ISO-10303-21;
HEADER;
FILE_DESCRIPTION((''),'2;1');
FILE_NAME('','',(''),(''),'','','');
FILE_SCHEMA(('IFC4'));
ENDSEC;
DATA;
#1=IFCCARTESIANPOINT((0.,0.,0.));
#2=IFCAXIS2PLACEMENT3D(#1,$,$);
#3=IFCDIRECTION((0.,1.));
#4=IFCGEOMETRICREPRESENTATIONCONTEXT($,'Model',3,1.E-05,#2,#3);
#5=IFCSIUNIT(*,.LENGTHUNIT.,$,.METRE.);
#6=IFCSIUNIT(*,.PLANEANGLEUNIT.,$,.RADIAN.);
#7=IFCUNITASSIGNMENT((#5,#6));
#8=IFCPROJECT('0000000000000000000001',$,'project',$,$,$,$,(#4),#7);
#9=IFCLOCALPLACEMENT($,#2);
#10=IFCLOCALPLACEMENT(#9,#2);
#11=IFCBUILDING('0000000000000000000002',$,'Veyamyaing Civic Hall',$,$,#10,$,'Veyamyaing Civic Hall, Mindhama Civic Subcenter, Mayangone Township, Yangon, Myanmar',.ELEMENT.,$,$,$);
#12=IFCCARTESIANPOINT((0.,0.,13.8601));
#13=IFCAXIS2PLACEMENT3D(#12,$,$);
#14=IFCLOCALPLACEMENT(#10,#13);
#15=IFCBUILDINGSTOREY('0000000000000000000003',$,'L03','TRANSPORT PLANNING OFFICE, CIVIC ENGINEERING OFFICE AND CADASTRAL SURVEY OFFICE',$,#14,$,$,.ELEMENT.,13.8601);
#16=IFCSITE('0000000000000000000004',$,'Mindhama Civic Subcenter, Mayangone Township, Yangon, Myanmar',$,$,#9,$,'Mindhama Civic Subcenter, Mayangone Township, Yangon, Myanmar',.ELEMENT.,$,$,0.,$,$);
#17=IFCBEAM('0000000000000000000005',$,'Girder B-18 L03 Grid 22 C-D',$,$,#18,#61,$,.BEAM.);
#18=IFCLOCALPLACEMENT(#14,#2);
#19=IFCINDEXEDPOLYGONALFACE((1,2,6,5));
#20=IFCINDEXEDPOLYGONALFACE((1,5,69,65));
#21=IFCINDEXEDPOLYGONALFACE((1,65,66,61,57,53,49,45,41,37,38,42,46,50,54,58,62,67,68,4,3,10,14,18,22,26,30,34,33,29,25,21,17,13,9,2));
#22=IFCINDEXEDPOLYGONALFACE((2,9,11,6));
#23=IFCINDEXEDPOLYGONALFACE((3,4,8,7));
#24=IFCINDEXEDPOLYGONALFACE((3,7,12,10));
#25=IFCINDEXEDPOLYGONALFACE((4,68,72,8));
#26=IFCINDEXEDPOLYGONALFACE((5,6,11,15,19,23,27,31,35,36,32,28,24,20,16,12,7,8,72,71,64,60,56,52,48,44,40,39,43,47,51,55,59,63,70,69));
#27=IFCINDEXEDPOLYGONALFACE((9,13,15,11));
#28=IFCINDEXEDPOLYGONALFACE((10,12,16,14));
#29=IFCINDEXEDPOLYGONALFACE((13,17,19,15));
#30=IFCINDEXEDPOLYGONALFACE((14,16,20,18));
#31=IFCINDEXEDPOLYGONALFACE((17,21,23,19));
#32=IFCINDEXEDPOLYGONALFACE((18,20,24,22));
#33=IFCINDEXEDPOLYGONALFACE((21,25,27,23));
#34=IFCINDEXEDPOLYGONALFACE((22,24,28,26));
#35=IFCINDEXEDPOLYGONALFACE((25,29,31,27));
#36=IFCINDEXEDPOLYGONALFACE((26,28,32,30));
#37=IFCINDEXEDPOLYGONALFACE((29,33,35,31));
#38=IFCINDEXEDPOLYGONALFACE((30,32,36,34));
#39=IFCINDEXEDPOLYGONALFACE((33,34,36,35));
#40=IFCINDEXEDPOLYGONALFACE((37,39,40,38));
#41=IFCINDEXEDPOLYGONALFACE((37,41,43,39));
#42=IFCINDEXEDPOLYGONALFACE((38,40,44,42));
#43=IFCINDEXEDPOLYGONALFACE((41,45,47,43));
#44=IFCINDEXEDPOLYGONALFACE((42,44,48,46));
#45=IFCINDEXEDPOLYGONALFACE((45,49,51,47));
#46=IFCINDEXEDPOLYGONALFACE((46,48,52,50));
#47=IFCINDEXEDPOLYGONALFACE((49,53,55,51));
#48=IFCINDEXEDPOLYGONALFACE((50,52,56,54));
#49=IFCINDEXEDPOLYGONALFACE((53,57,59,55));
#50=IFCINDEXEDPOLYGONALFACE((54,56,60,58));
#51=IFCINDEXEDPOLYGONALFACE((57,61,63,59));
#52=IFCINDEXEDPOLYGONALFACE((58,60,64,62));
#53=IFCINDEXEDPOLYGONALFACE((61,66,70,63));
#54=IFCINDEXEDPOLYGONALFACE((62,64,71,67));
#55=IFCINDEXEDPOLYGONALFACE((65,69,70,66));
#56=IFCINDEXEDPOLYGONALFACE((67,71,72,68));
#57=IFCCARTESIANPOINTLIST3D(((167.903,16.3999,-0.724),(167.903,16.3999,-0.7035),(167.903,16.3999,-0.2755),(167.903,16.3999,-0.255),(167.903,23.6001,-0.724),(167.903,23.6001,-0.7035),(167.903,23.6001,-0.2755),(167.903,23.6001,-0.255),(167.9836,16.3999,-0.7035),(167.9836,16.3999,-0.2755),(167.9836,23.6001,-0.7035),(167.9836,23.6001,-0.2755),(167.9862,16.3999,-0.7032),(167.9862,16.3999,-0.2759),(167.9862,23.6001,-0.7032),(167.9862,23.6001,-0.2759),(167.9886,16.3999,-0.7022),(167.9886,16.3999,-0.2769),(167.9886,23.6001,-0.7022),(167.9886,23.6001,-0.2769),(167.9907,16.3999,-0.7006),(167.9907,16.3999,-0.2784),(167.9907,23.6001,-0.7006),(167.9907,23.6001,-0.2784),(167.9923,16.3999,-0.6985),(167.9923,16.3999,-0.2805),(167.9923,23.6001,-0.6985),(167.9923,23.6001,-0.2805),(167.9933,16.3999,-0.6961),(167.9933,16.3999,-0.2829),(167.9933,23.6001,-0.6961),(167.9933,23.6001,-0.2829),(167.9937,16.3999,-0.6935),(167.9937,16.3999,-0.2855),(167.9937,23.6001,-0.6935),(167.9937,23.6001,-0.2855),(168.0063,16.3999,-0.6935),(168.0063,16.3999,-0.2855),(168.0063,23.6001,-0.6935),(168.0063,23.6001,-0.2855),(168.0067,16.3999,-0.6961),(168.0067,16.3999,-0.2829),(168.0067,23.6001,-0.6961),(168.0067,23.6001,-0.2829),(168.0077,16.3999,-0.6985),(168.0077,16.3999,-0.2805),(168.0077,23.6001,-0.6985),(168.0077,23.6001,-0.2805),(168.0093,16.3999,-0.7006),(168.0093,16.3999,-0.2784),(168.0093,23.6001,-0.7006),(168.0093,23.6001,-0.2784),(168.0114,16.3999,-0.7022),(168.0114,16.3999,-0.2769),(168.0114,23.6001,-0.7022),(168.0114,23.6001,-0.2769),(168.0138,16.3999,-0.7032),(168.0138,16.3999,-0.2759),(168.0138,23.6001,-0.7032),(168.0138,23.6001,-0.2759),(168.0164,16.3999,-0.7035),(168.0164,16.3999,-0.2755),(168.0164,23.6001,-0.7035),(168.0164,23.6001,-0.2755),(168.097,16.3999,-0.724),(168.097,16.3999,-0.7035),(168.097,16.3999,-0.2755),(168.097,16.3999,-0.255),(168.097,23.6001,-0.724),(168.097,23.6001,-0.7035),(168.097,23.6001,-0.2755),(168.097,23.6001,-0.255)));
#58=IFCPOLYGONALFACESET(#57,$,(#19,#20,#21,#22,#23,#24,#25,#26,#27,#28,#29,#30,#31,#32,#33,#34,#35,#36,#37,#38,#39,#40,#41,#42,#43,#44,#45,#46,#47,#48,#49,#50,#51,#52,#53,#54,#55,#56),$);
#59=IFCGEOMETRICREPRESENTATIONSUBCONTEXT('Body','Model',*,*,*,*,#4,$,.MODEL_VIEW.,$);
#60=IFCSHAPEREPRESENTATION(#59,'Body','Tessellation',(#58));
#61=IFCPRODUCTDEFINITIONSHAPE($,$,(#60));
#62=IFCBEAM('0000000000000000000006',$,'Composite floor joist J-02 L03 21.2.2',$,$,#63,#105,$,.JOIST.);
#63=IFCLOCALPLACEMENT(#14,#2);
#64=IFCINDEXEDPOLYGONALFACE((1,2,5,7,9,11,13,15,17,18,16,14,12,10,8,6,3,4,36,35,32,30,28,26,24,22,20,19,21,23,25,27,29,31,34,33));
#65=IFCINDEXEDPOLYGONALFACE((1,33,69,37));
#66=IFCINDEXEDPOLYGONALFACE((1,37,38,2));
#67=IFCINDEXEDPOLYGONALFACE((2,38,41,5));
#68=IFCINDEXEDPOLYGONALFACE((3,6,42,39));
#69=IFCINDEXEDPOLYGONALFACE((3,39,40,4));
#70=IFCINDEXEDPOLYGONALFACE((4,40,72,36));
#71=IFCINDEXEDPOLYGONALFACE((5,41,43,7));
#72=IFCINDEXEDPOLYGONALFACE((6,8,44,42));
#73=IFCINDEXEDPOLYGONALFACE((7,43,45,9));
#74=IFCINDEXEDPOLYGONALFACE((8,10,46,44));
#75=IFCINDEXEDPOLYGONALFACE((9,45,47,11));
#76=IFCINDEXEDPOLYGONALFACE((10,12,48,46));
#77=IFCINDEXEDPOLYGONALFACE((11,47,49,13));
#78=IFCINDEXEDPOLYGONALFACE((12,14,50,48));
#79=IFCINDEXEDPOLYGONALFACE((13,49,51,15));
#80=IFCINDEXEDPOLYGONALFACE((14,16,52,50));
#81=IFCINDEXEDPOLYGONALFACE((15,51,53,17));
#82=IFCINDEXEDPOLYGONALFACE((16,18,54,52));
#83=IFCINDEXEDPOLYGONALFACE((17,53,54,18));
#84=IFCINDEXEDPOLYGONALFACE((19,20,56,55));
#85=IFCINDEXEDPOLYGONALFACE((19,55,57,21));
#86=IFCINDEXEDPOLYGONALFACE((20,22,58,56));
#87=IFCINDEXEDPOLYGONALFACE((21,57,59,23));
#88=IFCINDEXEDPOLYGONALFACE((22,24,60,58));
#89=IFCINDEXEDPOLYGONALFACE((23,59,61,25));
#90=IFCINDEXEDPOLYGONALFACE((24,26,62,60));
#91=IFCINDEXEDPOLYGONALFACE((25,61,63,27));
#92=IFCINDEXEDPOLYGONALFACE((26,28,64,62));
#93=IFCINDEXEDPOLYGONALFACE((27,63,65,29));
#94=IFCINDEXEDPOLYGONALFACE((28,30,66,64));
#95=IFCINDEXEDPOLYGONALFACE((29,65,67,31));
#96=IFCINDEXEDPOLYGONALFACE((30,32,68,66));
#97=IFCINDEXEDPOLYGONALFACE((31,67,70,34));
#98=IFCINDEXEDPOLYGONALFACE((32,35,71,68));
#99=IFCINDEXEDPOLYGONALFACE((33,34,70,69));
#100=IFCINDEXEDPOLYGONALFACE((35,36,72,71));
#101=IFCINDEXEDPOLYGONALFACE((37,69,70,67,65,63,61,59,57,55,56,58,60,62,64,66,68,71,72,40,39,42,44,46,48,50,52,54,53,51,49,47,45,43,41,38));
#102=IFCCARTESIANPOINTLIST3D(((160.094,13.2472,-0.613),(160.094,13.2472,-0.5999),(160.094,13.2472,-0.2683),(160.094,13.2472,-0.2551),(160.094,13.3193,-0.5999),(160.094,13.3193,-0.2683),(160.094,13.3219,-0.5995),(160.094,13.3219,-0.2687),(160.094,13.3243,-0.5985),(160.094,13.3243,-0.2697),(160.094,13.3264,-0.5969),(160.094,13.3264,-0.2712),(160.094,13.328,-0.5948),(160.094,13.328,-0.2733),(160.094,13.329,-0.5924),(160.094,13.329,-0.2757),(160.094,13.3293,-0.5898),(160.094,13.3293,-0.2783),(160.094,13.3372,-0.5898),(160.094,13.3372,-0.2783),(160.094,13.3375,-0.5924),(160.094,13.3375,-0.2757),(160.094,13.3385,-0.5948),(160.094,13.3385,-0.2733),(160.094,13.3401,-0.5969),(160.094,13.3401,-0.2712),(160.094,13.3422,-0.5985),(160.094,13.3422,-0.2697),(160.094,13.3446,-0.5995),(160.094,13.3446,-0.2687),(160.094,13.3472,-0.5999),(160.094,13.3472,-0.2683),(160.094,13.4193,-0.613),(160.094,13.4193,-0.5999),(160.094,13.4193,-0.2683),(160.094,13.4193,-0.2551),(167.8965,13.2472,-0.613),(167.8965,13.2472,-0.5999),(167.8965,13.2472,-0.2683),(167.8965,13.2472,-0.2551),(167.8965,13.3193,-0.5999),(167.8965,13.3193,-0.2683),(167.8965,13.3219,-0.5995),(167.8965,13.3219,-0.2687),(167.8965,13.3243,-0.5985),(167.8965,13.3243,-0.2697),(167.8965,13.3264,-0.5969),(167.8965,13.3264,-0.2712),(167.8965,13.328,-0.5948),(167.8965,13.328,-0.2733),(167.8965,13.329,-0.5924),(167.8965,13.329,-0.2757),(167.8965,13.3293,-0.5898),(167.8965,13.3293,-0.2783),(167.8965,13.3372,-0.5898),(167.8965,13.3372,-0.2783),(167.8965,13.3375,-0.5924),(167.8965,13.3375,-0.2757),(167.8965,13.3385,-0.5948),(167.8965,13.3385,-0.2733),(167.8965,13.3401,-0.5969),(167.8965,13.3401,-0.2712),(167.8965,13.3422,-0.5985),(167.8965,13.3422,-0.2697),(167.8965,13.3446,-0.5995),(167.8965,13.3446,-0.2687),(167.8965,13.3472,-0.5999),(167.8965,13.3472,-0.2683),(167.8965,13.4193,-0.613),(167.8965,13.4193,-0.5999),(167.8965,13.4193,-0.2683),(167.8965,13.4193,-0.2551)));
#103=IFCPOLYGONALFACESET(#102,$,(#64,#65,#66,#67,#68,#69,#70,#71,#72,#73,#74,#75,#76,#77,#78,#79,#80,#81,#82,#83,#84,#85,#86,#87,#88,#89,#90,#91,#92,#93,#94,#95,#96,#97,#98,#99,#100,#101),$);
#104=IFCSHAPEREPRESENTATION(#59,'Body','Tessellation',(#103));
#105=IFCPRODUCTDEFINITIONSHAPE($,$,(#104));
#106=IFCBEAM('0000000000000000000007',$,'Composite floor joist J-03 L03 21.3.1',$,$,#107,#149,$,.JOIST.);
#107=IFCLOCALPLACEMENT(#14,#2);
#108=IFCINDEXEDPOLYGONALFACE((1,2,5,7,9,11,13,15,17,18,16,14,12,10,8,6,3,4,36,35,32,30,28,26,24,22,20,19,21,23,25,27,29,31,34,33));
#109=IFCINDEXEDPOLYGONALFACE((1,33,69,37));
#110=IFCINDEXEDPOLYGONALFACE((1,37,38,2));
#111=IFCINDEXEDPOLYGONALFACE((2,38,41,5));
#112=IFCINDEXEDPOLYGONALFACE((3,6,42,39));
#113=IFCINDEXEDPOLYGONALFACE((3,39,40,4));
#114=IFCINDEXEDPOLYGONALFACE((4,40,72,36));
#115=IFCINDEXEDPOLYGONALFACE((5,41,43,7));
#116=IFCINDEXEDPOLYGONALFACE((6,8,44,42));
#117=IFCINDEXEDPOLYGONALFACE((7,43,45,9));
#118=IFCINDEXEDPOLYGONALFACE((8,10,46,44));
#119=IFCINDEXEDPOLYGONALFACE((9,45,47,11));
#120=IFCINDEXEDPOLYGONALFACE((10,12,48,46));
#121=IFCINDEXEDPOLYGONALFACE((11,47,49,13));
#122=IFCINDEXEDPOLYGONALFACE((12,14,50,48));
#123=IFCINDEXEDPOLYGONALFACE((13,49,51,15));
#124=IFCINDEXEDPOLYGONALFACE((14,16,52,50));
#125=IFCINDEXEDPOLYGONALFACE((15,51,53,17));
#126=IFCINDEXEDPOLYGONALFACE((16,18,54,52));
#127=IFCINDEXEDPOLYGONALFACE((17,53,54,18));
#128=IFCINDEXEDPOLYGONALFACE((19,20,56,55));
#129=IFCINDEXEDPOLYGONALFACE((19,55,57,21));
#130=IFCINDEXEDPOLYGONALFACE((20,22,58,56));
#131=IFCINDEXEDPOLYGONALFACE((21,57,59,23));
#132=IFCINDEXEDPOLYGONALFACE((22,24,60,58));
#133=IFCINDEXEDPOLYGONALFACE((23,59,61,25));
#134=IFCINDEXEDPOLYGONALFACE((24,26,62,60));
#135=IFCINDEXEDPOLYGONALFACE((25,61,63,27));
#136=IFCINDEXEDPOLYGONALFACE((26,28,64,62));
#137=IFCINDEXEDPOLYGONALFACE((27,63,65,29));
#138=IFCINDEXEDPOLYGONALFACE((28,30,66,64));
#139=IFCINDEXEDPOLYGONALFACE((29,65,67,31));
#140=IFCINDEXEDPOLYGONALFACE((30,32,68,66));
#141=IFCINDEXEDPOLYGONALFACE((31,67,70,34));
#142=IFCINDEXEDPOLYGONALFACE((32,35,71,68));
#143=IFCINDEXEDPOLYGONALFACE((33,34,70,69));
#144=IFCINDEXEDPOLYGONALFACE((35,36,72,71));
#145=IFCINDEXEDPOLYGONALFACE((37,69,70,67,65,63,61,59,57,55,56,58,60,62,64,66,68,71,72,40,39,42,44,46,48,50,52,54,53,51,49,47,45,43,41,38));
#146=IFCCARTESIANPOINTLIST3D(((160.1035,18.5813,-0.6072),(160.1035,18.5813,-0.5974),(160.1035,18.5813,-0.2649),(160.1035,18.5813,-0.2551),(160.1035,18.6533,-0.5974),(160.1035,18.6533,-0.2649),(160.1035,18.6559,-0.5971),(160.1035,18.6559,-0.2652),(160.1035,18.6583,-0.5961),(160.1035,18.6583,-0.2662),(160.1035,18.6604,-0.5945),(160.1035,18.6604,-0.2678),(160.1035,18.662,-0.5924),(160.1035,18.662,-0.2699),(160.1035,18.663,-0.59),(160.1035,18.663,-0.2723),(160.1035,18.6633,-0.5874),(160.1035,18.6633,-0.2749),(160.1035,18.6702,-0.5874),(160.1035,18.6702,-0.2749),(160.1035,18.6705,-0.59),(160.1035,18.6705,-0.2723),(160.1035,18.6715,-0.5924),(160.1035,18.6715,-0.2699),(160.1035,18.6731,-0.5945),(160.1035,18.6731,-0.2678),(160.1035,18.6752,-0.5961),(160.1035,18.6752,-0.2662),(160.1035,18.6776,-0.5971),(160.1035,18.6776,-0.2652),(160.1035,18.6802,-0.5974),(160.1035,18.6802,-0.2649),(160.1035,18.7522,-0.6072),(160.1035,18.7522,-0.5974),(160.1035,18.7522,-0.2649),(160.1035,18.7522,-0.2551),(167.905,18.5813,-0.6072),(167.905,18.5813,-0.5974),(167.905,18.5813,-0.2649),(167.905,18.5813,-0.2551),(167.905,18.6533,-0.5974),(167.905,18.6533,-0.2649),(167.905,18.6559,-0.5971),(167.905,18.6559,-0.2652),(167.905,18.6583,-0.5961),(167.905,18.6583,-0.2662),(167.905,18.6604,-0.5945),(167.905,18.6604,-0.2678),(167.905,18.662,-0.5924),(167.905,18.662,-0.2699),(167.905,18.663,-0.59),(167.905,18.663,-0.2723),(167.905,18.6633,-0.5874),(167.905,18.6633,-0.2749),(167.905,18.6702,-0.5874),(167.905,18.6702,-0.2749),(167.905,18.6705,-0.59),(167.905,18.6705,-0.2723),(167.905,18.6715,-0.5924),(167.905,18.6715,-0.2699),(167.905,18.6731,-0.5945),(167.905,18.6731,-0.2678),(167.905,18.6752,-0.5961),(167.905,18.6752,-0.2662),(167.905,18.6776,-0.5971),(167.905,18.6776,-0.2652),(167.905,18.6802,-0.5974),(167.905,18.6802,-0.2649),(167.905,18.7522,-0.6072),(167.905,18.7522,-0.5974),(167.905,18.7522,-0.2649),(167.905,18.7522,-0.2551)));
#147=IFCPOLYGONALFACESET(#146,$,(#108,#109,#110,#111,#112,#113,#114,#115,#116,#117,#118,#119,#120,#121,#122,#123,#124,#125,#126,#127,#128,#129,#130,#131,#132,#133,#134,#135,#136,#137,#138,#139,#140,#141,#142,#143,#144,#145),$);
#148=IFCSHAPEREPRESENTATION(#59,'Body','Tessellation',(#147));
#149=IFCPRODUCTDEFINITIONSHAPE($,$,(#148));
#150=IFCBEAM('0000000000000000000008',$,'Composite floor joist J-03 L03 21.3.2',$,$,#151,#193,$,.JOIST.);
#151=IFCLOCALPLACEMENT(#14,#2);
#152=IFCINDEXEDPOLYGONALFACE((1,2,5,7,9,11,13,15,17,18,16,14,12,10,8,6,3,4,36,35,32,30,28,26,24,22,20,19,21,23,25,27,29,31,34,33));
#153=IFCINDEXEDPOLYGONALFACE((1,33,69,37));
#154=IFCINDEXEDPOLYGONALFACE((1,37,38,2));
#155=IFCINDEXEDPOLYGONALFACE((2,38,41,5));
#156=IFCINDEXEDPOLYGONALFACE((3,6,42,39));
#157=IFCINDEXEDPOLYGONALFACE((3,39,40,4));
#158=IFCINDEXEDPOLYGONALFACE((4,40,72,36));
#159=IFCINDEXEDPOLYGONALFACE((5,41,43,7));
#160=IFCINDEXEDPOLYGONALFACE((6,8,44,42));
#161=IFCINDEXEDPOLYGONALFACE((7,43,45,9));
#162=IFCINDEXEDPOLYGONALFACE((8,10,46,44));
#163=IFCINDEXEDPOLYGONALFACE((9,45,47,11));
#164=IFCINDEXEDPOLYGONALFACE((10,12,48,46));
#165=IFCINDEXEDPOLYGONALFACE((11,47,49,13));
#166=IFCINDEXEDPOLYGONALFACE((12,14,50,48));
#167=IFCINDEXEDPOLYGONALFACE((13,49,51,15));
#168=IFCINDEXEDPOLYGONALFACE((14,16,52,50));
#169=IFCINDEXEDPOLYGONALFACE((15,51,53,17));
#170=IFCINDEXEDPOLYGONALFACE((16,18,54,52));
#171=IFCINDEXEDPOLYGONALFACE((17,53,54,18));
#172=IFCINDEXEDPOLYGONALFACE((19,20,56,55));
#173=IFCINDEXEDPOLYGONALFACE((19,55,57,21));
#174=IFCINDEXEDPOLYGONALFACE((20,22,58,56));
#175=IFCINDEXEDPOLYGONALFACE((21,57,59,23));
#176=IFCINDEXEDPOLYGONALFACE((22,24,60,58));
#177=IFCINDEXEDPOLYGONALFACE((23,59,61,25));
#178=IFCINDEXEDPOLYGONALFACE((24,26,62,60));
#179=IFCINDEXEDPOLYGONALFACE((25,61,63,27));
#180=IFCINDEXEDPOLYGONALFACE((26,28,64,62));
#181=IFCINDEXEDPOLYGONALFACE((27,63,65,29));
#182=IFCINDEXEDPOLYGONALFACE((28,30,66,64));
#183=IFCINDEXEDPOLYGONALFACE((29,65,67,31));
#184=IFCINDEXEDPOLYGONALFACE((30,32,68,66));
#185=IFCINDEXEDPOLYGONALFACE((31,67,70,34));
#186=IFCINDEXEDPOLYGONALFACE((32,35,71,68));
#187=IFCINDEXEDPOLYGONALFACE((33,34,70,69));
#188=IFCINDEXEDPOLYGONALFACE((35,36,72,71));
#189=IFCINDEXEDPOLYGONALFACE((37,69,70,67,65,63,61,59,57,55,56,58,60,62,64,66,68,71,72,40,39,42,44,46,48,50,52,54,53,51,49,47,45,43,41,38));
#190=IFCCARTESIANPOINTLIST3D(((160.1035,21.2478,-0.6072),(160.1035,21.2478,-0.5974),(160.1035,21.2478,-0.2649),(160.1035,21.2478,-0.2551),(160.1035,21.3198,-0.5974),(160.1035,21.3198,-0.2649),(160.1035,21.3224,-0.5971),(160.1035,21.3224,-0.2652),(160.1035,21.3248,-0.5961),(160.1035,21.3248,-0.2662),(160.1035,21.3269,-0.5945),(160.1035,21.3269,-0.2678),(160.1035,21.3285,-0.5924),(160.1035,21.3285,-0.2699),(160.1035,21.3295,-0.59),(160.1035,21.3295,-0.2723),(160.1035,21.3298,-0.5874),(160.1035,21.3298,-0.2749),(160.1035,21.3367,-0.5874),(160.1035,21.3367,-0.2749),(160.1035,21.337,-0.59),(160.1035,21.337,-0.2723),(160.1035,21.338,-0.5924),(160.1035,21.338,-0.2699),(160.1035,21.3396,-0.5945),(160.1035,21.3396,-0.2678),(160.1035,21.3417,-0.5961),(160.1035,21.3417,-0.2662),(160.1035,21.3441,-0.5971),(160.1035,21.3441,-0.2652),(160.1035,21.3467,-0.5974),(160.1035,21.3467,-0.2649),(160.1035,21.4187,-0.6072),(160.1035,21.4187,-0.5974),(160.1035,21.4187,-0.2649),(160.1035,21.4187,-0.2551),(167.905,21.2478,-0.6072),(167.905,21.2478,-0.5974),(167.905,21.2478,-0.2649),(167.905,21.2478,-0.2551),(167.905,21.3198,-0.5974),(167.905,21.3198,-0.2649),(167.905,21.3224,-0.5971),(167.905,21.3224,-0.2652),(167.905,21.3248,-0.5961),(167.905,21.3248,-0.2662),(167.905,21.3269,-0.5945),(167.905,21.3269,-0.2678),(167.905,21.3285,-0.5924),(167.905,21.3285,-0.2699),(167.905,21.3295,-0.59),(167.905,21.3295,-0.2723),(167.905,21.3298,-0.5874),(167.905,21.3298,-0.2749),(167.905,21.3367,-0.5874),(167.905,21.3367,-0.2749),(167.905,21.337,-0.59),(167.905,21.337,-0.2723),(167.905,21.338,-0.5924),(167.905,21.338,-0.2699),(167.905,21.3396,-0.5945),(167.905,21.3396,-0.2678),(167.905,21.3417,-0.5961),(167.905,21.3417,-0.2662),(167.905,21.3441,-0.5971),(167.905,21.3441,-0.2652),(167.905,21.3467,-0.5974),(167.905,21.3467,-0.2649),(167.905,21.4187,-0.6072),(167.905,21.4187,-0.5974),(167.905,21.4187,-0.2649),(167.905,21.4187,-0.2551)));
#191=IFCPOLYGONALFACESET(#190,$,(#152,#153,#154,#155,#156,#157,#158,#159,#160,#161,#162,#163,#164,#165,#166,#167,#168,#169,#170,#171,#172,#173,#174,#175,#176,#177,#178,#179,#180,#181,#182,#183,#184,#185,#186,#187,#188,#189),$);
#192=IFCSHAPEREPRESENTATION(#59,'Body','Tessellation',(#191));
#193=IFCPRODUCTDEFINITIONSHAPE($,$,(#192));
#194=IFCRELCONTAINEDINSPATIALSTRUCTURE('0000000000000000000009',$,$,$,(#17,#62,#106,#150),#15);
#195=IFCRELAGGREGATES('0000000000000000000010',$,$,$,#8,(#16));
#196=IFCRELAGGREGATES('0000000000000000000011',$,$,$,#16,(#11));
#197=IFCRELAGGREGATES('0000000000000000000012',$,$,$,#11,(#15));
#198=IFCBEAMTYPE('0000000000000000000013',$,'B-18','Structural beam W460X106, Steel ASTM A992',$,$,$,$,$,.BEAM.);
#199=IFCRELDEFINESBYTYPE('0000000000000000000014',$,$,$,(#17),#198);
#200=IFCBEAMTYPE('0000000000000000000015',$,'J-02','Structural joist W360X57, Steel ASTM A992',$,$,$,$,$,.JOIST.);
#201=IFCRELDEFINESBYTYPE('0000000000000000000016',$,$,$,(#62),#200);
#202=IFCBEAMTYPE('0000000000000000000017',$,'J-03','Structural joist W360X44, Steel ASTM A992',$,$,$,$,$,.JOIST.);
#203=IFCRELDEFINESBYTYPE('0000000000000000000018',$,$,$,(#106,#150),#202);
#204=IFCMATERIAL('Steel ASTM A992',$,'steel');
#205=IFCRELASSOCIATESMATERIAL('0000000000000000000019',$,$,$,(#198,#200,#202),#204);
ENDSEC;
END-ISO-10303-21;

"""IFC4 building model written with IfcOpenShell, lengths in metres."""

from ifc_helpers import new_model, si_unit, direction, frame, origin, origin_2d, place, context, subcontext, project, spatial, i_section, extrude, material, material_profile, profile_set, type_object, element, save


model = new_model("IFC4")

# Units and contexts
model_context = context("Model", 3, precision=1e-05, world=origin(), true_north=direction((0.0, 1.0)))
body_context = subcontext(model_context, "Body", "Model", "MODEL_VIEW")
ifc_project = project(units=[si_unit("LENGTHUNIT", "METRE"), si_unit("PLANEANGLEUNIT", "RADIAN")], contexts=[model_context])

# Site, building, storey
site_placement = place(None, origin())
site = spatial("IfcSite", under=ifc_project, at=site_placement, Name="Mindhama Civic Subcenter, Mayangone Township, Yangon, Myanmar", LongName="Mindhama Civic Subcenter, Mayangone Township, Yangon, Myanmar", CompositionType="ELEMENT", RefElevation=0.0)
building_placement = place(site_placement, origin())
building = spatial("IfcBuilding", under=site, at=building_placement, Name="Veyamyaing Civic Hall", LongName="Veyamyaing Civic Hall, Mindhama Civic Subcenter, Mayangone Township, Yangon, Myanmar", CompositionType="ELEMENT")
storey_placement = place(building_placement, frame((0.0, 0.0, 13.8601)))
storey = spatial("IfcBuildingStorey", under=building, at=storey_placement, Name="L03", Description="TRANSPORT PLANNING OFFICE, CIVIC ENGINEERING OFFICE AND CADASTRAL SURVEY OFFICE", CompositionType="ELEMENT", Elevation=13.8601)

# Beams
ifc_material_1 = material(Name="Steel ASTM A992", Category="steel")
ifc_material_profile_1 = material_profile(ifc_material_1, i_section(OverallWidth=0.1941, OverallDepth=0.469, WebThickness=0.0127, FlangeThickness=0.0205, FilletRadius=0.01, at=origin_2d()), Name="W460X106")
ifc_profile_set_1 = profile_set([ifc_material_profile_1], Name="Steel ASTM A992")
beam_type_1 = type_object("IfcBeamType", Name="B-18", Description="Structural beam W460X106, Steel ASTM A992", PredefinedType="BEAM", material=ifc_profile_set_1)
beam_1_placement = place(storey_placement, frame((168.0, 16.3999, -0.4895), z_axis=(0.0, 1.0, 0.0), x_axis=(-1.0, 0.0, 0.0)))
element("IfcBeam", 1, at=beam_1_placement, inside=storey, type_object=beam_type_1, Name="Girder B-18 L03 Grid 22 C-D", PredefinedType="BEAM", context=body_context, shape_type="SweptSolid", body=[
    extrude(i_section(OverallWidth=0.1941, OverallDepth=0.469, WebThickness=0.0127, FlangeThickness=0.0205, FilletRadius=0.01, at=origin_2d()), origin(), (0.0, 0.0, 1.0), 7.2002),
])
ifc_material_profile_2 = material_profile(ifc_material_1, i_section(OverallWidth=0.1721, OverallDepth=0.3579, WebThickness=0.0078, FlangeThickness=0.0132, FilletRadius=0.01, at=origin_2d()), Name="W360X57")
ifc_profile_set_2 = profile_set([ifc_material_profile_2], Name="Steel ASTM A992")
beam_type_2 = type_object("IfcBeamType", Name="J-02", Description="Structural joist W360X57, Steel ASTM A992", PredefinedType="JOIST", material=ifc_profile_set_2)
beam_2_placement = place(storey_placement, frame((160.094, 13.3333, -0.4341), z_axis=(1.0, 0.0, 0.0), x_axis=(0.0, 1.0, 0.0)))
element("IfcBeam", 2, at=beam_2_placement, inside=storey, type_object=beam_type_2, Name="Composite floor joist J-02 L03 21.2.2", PredefinedType="JOIST", context=body_context, shape_type="SweptSolid", body=[
    extrude(i_section(OverallWidth=0.1721, OverallDepth=0.3579, WebThickness=0.0078, FlangeThickness=0.0132, FilletRadius=0.01, at=origin_2d()), origin(), (0.0, 0.0, 1.0), 7.8025),
])
ifc_material_profile_3 = material_profile(ifc_material_1, i_section(OverallWidth=0.1709, OverallDepth=0.3521, WebThickness=0.0068, FlangeThickness=0.0098, FilletRadius=0.01, at=origin_2d()), Name="W360X44")
ifc_profile_set_3 = profile_set([ifc_material_profile_3], Name="Steel ASTM A992")
beam_type_3 = type_object("IfcBeamType", Name="J-03", Description="Structural joist W360X44, Steel ASTM A992", PredefinedType="JOIST", material=ifc_profile_set_3)
for number, where, z_axis, x_axis, name in (
    (3, (160.1035, 18.6667, -0.4312), (1.0, 0.0, 0.0), (0.0, 1.0, 0.0), "Composite floor joist J-03 L03 21.3.1"),
    (4, (160.1035, 21.3333, -0.4312), (1.0, 0.0, 0.0), (0.0, 1.0, 0.0), "Composite floor joist J-03 L03 21.3.2"),
):
    element("IfcBeam", number, at=place(storey_placement, frame(where, z_axis=z_axis, x_axis=x_axis)), inside=storey, type_object=beam_type_3, Name=name, PredefinedType="JOIST", context=body_context, shape_type="SweptSolid", body=[
        extrude(i_section(OverallWidth=0.1709, OverallDepth=0.3521, WebThickness=0.0068, FlangeThickness=0.0098, FilletRadius=0.01, at=origin_2d()), origin(), (0.0, 0.0, 1.0), 7.8015),
    ])

save(model, "model.ifc")
